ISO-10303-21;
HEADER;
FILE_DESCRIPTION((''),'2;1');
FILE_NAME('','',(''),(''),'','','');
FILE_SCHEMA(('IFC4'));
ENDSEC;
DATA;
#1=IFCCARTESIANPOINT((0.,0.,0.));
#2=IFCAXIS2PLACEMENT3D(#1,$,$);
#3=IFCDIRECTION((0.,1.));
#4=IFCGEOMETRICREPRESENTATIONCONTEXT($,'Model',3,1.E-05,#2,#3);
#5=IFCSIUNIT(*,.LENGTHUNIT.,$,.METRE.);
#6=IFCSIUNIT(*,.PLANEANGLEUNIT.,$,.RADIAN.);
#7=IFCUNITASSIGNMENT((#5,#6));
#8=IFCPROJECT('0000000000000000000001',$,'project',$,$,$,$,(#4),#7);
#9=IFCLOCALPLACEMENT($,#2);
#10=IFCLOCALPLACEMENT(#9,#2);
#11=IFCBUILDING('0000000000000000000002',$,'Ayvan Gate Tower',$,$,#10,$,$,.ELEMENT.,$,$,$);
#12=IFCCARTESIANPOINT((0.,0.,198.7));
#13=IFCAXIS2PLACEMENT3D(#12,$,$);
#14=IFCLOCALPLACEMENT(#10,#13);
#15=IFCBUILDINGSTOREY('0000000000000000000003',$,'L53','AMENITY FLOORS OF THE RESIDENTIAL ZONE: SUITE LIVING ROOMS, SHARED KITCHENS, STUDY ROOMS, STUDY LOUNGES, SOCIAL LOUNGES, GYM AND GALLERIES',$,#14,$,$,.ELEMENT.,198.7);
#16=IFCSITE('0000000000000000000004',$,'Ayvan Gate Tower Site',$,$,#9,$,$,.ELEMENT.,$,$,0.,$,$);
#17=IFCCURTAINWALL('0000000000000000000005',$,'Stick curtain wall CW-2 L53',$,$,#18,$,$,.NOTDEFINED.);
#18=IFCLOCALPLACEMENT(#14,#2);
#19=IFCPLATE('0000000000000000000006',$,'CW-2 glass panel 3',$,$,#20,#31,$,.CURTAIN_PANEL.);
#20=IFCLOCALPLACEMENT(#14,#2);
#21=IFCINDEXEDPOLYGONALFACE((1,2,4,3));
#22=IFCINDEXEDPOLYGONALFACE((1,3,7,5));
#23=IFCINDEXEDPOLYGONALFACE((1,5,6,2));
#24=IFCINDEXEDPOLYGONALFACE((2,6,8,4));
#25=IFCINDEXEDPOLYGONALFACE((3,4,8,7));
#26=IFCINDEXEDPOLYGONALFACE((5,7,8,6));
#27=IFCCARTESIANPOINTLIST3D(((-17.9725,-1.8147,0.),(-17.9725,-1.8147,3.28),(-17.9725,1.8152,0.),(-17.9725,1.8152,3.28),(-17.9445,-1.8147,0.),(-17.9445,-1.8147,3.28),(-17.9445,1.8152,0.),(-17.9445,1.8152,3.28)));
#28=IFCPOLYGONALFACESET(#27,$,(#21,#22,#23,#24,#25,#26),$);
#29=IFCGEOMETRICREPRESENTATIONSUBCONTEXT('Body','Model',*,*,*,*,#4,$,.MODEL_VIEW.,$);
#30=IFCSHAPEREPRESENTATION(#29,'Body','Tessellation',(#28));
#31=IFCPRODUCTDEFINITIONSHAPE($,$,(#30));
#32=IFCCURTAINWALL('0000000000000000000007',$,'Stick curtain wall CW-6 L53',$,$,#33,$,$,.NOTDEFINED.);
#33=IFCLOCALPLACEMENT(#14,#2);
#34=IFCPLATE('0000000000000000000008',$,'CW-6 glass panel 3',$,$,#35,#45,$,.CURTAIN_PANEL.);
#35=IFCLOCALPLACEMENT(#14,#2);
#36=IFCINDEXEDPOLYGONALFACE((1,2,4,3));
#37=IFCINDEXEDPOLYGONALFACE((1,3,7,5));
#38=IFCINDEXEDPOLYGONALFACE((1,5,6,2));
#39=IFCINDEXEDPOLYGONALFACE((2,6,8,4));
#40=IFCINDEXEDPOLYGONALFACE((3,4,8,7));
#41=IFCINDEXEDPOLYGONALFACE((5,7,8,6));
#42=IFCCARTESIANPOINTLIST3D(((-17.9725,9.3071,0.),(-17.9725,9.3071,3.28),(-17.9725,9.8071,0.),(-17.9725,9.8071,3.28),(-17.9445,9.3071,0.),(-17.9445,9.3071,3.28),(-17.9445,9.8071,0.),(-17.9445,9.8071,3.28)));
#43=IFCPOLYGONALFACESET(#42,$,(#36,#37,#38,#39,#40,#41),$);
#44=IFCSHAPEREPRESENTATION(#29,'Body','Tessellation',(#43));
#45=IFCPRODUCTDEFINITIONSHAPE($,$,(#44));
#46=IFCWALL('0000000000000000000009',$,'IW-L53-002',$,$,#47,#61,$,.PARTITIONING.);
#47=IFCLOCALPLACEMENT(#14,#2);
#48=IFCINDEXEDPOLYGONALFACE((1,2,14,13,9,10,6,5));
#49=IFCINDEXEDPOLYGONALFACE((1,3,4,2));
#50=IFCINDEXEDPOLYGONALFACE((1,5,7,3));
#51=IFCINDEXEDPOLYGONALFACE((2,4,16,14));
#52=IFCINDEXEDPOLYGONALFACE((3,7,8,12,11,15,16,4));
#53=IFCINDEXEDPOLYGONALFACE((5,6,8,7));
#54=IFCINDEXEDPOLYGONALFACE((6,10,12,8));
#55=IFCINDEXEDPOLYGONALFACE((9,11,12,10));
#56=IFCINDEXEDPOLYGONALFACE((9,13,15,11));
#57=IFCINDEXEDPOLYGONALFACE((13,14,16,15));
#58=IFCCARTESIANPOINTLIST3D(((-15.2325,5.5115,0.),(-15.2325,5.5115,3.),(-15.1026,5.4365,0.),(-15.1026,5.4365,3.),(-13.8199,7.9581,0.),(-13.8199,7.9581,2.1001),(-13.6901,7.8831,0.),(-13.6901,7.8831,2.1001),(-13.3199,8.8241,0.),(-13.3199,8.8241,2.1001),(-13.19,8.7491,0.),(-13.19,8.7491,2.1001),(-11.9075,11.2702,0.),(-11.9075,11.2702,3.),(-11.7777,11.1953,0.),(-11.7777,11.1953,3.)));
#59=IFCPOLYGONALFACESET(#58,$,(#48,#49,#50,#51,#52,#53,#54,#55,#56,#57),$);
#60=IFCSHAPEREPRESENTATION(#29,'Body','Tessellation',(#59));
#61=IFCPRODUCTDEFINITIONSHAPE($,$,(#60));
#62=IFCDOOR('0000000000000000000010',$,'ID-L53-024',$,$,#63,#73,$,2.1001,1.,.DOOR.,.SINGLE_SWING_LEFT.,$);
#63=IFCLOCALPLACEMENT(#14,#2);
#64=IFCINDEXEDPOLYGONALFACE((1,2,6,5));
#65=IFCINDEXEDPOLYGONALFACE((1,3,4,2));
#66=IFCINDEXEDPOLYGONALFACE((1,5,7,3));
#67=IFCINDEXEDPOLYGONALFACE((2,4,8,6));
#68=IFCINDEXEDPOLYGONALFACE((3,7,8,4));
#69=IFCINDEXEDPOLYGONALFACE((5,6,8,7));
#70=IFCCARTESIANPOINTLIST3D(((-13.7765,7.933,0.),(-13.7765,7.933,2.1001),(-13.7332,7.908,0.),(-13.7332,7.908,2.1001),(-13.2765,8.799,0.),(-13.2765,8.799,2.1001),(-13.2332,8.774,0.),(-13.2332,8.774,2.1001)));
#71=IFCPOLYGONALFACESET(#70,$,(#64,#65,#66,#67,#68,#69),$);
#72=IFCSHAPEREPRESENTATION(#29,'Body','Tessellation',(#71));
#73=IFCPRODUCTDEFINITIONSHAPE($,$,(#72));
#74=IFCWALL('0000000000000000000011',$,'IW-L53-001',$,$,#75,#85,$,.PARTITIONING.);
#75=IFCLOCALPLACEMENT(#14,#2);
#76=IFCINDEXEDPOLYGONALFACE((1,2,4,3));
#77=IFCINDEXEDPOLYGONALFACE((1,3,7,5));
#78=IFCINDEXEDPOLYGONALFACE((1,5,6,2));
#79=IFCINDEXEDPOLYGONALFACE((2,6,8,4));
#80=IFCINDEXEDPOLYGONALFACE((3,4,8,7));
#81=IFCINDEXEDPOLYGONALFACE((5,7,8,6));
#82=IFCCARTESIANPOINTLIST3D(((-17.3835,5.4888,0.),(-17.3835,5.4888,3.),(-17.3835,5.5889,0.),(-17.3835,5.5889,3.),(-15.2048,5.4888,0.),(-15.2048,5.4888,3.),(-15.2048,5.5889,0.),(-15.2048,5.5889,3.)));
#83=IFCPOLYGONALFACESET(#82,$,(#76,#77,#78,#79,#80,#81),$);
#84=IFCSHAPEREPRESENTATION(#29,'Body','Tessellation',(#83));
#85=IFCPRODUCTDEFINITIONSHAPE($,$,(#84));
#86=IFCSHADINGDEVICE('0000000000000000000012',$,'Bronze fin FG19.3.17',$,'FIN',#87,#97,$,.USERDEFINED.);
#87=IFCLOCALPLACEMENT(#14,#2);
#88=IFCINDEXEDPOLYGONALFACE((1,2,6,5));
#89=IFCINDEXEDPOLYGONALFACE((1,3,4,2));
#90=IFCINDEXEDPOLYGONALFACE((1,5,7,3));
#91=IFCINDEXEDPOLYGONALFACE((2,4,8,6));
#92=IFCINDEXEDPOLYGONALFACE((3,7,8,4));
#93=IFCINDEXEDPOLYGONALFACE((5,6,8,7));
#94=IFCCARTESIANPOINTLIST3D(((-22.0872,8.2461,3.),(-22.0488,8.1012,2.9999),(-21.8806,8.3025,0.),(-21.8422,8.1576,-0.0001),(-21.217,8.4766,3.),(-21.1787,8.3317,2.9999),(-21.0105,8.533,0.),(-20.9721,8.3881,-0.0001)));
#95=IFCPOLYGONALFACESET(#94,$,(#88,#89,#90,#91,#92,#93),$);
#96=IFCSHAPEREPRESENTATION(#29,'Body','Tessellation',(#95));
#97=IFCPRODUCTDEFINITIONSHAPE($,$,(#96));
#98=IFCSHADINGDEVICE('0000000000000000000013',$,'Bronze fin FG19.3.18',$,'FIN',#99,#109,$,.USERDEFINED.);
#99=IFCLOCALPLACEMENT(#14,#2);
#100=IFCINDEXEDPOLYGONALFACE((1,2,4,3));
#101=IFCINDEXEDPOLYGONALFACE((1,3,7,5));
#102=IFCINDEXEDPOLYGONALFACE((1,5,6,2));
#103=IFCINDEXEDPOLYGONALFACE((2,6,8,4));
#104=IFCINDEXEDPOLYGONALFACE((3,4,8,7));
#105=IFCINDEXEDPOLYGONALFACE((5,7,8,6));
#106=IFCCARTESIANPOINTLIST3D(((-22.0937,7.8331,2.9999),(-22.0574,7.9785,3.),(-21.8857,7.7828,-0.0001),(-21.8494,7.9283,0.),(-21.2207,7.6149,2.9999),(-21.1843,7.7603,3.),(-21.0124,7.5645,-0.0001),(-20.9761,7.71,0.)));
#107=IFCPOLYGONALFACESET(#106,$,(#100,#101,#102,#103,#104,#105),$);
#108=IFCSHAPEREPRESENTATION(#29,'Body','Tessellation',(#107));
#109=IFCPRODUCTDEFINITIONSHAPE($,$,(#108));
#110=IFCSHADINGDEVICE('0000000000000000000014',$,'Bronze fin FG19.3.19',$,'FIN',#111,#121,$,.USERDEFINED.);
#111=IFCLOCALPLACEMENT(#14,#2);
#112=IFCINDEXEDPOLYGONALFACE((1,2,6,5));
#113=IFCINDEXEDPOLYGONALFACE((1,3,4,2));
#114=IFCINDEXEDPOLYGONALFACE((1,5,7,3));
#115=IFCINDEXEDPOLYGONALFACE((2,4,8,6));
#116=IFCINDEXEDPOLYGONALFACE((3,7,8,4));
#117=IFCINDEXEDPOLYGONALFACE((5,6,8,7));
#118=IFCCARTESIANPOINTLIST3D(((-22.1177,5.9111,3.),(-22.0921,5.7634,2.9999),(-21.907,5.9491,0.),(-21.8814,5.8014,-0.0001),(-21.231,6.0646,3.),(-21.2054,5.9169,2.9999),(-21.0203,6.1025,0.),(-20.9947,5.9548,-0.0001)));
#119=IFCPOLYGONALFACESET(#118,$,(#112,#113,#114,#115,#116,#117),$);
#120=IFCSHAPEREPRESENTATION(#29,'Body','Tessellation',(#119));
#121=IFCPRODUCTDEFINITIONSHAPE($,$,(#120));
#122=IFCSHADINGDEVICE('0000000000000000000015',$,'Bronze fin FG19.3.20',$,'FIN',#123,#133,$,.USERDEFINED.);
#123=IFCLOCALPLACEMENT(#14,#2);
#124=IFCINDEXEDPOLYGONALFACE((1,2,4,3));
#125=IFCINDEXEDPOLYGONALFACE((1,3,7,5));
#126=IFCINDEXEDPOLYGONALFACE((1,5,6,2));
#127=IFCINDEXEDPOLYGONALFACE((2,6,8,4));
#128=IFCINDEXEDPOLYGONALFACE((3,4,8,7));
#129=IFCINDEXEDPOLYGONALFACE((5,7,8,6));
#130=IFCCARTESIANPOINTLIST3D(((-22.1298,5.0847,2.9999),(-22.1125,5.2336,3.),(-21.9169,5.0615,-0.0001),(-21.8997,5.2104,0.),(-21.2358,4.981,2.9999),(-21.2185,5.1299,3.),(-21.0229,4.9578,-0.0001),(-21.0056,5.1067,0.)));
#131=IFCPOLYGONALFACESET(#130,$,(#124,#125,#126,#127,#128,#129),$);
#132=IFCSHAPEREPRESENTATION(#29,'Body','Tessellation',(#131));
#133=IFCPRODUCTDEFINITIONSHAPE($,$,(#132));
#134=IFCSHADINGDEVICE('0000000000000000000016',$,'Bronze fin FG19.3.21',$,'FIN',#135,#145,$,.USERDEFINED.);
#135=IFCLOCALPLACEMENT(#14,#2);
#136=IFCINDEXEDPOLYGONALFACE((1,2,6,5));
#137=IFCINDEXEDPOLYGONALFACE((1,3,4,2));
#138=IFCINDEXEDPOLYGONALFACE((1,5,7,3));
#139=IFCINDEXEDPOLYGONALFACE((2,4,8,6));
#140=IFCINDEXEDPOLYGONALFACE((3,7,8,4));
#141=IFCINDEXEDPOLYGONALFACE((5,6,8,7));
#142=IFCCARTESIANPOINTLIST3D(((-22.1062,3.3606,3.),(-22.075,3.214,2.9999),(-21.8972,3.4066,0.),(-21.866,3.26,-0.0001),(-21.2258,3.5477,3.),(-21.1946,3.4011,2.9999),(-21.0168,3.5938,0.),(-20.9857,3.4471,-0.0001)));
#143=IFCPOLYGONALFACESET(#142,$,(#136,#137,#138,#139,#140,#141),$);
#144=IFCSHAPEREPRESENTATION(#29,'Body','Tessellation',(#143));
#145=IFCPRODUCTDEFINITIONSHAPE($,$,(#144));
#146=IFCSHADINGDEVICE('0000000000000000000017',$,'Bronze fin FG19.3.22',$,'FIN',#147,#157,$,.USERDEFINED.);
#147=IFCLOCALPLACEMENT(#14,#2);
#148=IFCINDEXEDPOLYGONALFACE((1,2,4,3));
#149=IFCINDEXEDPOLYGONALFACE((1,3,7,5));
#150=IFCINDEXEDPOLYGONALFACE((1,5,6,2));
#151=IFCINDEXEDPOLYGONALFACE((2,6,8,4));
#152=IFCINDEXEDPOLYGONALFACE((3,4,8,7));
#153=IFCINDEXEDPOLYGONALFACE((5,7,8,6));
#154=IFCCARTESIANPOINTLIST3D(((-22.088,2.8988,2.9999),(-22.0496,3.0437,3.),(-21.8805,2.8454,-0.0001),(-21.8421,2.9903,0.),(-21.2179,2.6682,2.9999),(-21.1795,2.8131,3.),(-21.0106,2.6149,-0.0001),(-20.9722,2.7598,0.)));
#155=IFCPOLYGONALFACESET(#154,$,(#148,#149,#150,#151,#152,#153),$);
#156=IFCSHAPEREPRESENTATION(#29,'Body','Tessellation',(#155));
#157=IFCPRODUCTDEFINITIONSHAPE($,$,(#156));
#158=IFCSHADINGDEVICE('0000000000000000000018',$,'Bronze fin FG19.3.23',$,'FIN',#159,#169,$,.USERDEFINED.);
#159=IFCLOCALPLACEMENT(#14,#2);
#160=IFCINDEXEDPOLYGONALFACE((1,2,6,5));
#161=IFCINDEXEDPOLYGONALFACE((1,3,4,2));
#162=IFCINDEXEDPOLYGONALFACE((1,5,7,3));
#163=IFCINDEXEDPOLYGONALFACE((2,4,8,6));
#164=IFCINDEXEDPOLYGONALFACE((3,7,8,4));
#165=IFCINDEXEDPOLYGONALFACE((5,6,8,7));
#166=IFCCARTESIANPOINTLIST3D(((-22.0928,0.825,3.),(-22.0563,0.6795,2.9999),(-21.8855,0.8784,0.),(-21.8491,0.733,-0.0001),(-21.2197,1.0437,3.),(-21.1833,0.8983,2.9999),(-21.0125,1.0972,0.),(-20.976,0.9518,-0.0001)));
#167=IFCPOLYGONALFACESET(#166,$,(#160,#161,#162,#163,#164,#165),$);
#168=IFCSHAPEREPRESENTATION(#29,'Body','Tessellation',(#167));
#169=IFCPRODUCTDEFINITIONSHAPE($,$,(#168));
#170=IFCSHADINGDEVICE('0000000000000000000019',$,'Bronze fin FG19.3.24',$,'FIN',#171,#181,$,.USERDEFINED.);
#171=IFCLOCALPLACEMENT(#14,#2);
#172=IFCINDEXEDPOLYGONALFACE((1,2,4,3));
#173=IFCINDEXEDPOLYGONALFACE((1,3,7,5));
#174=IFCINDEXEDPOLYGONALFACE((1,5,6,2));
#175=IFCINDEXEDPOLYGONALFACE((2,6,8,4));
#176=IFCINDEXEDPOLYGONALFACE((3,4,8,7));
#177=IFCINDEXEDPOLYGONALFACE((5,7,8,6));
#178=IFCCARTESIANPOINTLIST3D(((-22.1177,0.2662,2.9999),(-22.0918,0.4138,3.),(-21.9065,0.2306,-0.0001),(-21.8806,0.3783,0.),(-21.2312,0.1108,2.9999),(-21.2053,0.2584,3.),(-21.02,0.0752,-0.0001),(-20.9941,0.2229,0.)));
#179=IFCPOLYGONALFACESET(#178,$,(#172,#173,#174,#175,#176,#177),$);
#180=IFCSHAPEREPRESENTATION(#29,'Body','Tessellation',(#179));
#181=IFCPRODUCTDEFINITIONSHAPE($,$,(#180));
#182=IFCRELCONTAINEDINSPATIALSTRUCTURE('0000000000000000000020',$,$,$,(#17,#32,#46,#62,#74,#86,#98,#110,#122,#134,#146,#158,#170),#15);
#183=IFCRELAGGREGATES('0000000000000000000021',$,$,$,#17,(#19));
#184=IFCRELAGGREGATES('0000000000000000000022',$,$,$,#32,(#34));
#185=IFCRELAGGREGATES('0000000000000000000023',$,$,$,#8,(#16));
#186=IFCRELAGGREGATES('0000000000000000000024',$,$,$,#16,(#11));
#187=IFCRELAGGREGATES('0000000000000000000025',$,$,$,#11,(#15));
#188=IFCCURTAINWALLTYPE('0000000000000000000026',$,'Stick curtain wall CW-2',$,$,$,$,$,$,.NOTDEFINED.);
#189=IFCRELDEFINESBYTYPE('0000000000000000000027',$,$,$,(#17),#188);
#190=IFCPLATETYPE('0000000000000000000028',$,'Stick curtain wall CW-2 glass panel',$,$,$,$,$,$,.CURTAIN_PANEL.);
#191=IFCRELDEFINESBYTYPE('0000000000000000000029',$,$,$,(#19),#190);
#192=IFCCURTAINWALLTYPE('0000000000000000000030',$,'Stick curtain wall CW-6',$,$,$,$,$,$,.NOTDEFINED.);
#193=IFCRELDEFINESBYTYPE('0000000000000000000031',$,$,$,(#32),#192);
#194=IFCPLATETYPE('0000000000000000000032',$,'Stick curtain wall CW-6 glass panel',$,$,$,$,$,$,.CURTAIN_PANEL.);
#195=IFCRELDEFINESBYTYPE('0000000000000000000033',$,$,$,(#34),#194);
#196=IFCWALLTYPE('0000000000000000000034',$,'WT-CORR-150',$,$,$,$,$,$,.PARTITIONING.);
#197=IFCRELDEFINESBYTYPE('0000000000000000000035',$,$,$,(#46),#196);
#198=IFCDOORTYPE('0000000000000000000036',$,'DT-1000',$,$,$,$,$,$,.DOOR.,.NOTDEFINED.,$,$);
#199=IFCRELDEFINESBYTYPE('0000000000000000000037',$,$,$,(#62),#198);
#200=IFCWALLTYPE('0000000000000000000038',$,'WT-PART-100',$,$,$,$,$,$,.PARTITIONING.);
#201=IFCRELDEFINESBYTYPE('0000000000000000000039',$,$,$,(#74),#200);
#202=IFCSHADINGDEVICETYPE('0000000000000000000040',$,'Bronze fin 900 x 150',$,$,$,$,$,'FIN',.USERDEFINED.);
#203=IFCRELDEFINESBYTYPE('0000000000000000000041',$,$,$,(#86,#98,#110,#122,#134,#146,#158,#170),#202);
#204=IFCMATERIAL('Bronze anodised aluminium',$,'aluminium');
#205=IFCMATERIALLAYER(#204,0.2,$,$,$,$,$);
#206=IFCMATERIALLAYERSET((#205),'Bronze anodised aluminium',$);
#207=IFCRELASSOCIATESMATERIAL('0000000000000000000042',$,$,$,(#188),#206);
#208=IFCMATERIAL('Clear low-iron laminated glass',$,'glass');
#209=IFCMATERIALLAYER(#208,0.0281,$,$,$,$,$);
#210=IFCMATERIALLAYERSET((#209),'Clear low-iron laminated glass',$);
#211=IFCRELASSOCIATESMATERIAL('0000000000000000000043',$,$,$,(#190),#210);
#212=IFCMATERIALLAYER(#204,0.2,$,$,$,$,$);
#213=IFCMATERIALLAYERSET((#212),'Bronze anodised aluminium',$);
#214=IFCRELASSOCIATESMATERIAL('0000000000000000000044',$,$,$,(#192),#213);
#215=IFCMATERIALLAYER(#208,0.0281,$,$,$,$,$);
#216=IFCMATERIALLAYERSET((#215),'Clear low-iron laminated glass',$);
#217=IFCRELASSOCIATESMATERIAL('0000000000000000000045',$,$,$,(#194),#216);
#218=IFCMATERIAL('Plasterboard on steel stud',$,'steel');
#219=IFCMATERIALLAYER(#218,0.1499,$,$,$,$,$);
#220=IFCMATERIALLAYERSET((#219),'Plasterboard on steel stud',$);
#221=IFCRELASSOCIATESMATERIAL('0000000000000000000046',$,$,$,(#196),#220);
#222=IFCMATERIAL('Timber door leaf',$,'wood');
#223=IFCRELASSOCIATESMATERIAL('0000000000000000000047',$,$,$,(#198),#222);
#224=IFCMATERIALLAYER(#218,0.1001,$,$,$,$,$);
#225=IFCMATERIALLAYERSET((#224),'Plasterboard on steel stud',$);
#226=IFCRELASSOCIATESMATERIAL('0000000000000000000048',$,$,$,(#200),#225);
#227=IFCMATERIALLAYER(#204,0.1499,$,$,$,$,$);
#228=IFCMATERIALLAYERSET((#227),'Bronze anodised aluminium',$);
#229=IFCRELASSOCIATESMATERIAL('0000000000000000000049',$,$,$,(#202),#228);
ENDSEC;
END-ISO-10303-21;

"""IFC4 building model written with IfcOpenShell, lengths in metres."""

from ifc_helpers import new_model, si_unit, direction, frame, frame_2d, origin, origin_2d, place, context, subcontext, project, spatial, polyline, rectangle, outline, extrude, material, layer, layer_set, type_object, element, fill, aggregate, save


model = new_model("IFC4")

# Units and contexts
model_context = context("Model", 3, precision=1e-05, world=origin(), true_north=direction((0.0, 1.0)))
body_context = subcontext(model_context, "Body", "Model", "MODEL_VIEW")
ifc_project = project(units=[si_unit("LENGTHUNIT", "METRE"), si_unit("PLANEANGLEUNIT", "RADIAN")], contexts=[model_context])

# Site, building, storey
site_placement = place(None, origin())
site = spatial("IfcSite", under=ifc_project, at=site_placement, Name="Ayvan Gate Tower Site", CompositionType="ELEMENT", RefElevation=0.0)
building_placement = place(site_placement, origin())
building = spatial("IfcBuilding", under=site, at=building_placement, Name="Ayvan Gate Tower", CompositionType="ELEMENT")
storey_placement = place(building_placement, frame((0.0, 0.0, 198.7)))
storey = spatial("IfcBuildingStorey", under=building, at=storey_placement, Name="L53", Description="AMENITY FLOORS OF THE RESIDENTIAL ZONE: SUITE LIVING ROOMS, SHARED KITCHENS, STUDY ROOMS, STUDY LOUNGES, SOCIAL LOUNGES, GYM AND GALLERIES", CompositionType="ELEMENT", Elevation=198.7)

# Curtain wall, plate
ifc_material_1 = material(Name="Bronze anodised aluminium", Category="aluminium")
ifc_layer_1 = layer(ifc_material_1, 0.2)
ifc_layer_set_1 = layer_set([ifc_layer_1], Name="Bronze anodised aluminium")
curtain_wall_type_1 = type_object("IfcCurtainWallType", Name="Stick curtain wall CW-2", PredefinedType="NOTDEFINED", material=ifc_layer_set_1)
curtain_wall_1_placement = place(storey_placement, origin())
curtain_wall_1 = element("IfcCurtainWall", 1, at=curtain_wall_1_placement, inside=storey, type_object=curtain_wall_type_1, Name="Stick curtain wall CW-2 L53", PredefinedType="NOTDEFINED")
ifc_material_2 = material(Name="Clear low-iron laminated glass", Category="glass")
ifc_layer_2 = layer(ifc_material_2, 0.0281)
ifc_layer_set_2 = layer_set([ifc_layer_2], Name="Clear low-iron laminated glass")
plate_type_1 = type_object("IfcPlateType", Name="Stick curtain wall CW-2 glass panel", PredefinedType="CURTAIN_PANEL", material=ifc_layer_set_2)
plate_1_placement = place(storey_placement, frame((-17.9585, 0.0002, 0.0), z_axis=(0.0, 0.0, 1.0), x_axis=(0.0, -1.0, 0.0)))
plate_1 = element("IfcPlate", 2, at=plate_1_placement, type_object=plate_type_1, Name="CW-2 glass panel 3", PredefinedType="CURTAIN_PANEL", context=body_context, shape_type="SweptSolid", body=[
    extrude(rectangle(XDim=3.6299, YDim=0.0281, at=origin_2d()), origin(), (0.0, 0.0, 1.0), 3.28),
])
aggregate(curtain_wall_1, [plate_1])

# Curtain wall, plate
ifc_layer_3 = layer(ifc_material_1, 0.2)
ifc_layer_set_3 = layer_set([ifc_layer_3], Name="Bronze anodised aluminium")
curtain_wall_type_2 = type_object("IfcCurtainWallType", Name="Stick curtain wall CW-6", PredefinedType="NOTDEFINED", material=ifc_layer_set_3)
curtain_wall_2_placement = place(storey_placement, origin())
curtain_wall_2 = element("IfcCurtainWall", 3, at=curtain_wall_2_placement, inside=storey, type_object=curtain_wall_type_2, Name="Stick curtain wall CW-6 L53", PredefinedType="NOTDEFINED")
ifc_layer_4 = layer(ifc_material_2, 0.0281)
ifc_layer_set_4 = layer_set([ifc_layer_4], Name="Clear low-iron laminated glass")
plate_type_2 = type_object("IfcPlateType", Name="Stick curtain wall CW-6 glass panel", PredefinedType="CURTAIN_PANEL", material=ifc_layer_set_4)
plate_2_placement = place(storey_placement, frame((-17.9585, 9.5571, 0.0), z_axis=(0.0, 0.0, 1.0), x_axis=(0.0, -1.0, 0.0)))
plate_2 = element("IfcPlate", 4, at=plate_2_placement, type_object=plate_type_2, Name="CW-6 glass panel 3", PredefinedType="CURTAIN_PANEL", context=body_context, shape_type="SweptSolid", body=[
    extrude(rectangle(XDim=0.5, YDim=0.0281, at=origin_2d()), origin(), (0.0, 0.0, 1.0), 3.28),
])
aggregate(curtain_wall_2, [plate_2])

# Wall, opening, door
ifc_material_3 = material(Name="Plasterboard on steel stud", Category="steel")
ifc_layer_5 = layer(ifc_material_3, 0.1499)
ifc_layer_set_5 = layer_set([ifc_layer_5], Name="Plasterboard on steel stud")
wall_type_1 = type_object("IfcWallType", Name="WT-CORR-150", PredefinedType="PARTITIONING", material=ifc_layer_set_5)
wall_1_placement = place(storey_placement, frame((-15.1675, 5.4741, 0.0), z_axis=(0.0, 0.0, 1.0), x_axis=(0.500013, 0.866018, 0.0)))
wall_1 = element("IfcWall", 5, at=wall_1_placement, inside=storey, type_object=wall_type_1, Name="IW-L53-002", PredefinedType="PARTITIONING", context=body_context, shape_type="SweptSolid", body=[
    extrude(rectangle(XDim=6.6497, YDim=0.1499, at=frame_2d((3.3247, 0.0))), origin(), (0.0, 0.0, 1.0), 3.0),
])
opening_placement = place(wall_1_placement, frame((2.825, 0.0, 0.0)))
opening = element("IfcOpeningElement", 6, at=opening_placement, cuts=wall_1, PredefinedType="OPENING", context=body_context, shape_type="SweptSolid", body=[
    extrude(rectangle(XDim=1.0, YDim=2.1001, at=frame_2d((0.5, 1.05))), frame((0.0, 0.085, 0.0), z_axis=(0.0, -1.0, 0.0), x_axis=(1.0, 0.0, 0.0)), (0.0, 0.0, 1.0), 0.1699),
])
ifc_material_4 = material(Name="Timber door leaf", Category="wood")
door_type = type_object("IfcDoorType", Name="DT-1000", OperationType="NOTDEFINED", PredefinedType="DOOR", material=ifc_material_4)
door_placement = place(opening_placement, origin())
door = element("IfcDoor", 7, at=door_placement, inside=storey, type_object=door_type, Name="ID-L53-024", OperationType="SINGLE_SWING_LEFT", OverallHeight=2.1001, OverallWidth=1.0, PredefinedType="DOOR", context=body_context, shape_type="SweptSolid", body=[
    extrude(rectangle(XDim=1.0, YDim=2.1001, at=frame_2d((0.5, 1.05))), frame((0.0, 0.0249, 0.0), z_axis=(0.0, -1.0, 0.0), x_axis=(1.0, 0.0, 0.0)), (0.0, 0.0, 1.0), 0.05),
])
fill(opening, door)

# Wall
ifc_layer_6 = layer(ifc_material_3, 0.1001)
ifc_layer_set_6 = layer_set([ifc_layer_6], Name="Plasterboard on steel stud")
wall_type_2 = type_object("IfcWallType", Name="WT-PART-100", PredefinedType="PARTITIONING", material=ifc_layer_set_6)
wall_2_placement = place(storey_placement, frame((-15.2048, 5.5388, 0.0), z_axis=(0.0, 0.0, 1.0), x_axis=(-1.0, 0.0, 0.0)))
element("IfcWall", 8, at=wall_2_placement, inside=storey, type_object=wall_type_2, Name="IW-L53-001", PredefinedType="PARTITIONING", context=body_context, shape_type="SweptSolid", body=[
    extrude(rectangle(XDim=2.1787, YDim=0.1001, at=frame_2d((1.0894, 0.0))), origin(), (0.0, 0.0, 1.0), 3.0),
])

# Shading devices
ifc_layer_7 = layer(ifc_material_1, 0.1499)
ifc_layer_set_7 = layer_set([ifc_layer_7], Name="Bronze anodised aluminium")
shading_device_type = type_object("IfcShadingDeviceType", Name="Bronze fin 900 x 150", ElementType="FIN", PredefinedType="USERDEFINED", material=ifc_layer_set_7)
shading_device_1_placement = place(storey_placement, frame((-21.0105, 8.533, 0.0), z_axis=(-0.256042, 0.966666, 0.000544), x_axis=(-0.966666, -0.256042, 0.0)))
element("IfcShadingDevice", 9, at=shading_device_1_placement, inside=storey, type_object=shading_device_type, Name="Bronze fin FG19.3.17", ObjectType="FIN", PredefinedType="USERDEFINED", context=body_context, shape_type="SweptSolid", body=[
    extrude(outline(polyline([(0.0, 0.0), (0.9001, 0.0), (1.1142, 3.0), (0.2141, 3.0), (0.0, 0.0)])), origin(), (0.0, 0.0, -1.0), 0.1499),
])
shading_device_2_placement = place(storey_placement, frame((-20.9761, 7.71, 0.0), z_axis=(0.242504, 0.97015, 0.00056), x_axis=(-0.97015, 0.242504, 0.0)))
element("IfcShadingDevice", 10, at=shading_device_2_placement, inside=storey, type_object=shading_device_type, Name="Bronze fin FG19.3.18", ObjectType="FIN", PredefinedType="USERDEFINED", context=body_context, shape_type="SweptSolid", body=[
    extrude(outline(polyline([(0.0, 0.0), (0.9002, 0.0), (1.1141, 3.0), (0.2142, 3.0), (0.0, 0.0)])), origin(), (0.0, 0.0, -1.0), 0.1499),
])
shading_device_3_placement = place(storey_placement, frame((-21.0203, 6.1025, 0.0), z_axis=(-0.170511, 0.985356, 0.000494), x_axis=(-0.985356, -0.170511, 0.0)))
element("IfcShadingDevice", 11, at=shading_device_3_placement, inside=storey, type_object=shading_device_type, Name="Bronze fin FG19.3.19", ObjectType="FIN", PredefinedType="USERDEFINED", context=body_context, shape_type="SweptSolid", body=[
    extrude(outline(polyline([(0.0, 0.0), (0.8999, 0.0), (1.114, 3.0), (0.2141, 3.0), (0.0, 0.0)])), origin(), (0.0, 0.0, -1.0), 0.1499),
])
shading_device_4_placement = place(storey_placement, frame((-21.0056, 5.1067, 0.0), z_axis=(0.115283, 0.993333, 0.000501), x_axis=(-0.993333, 0.115283, 0.0)))
element("IfcShadingDevice", 12, at=shading_device_4_placement, inside=storey, type_object=shading_device_type, Name="Bronze fin FG19.3.20", ObjectType="FIN", PredefinedType="USERDEFINED", context=body_context, shape_type="SweptSolid", body=[
    extrude(outline(polyline([(0.0, 0.0), (0.9, 0.0), (1.1142, 3.0), (0.2141, 3.0), (0.0, 0.0)])), origin(), (0.0, 0.0, -1.0), 0.1499),
])
shading_device_5_placement = place(storey_placement, frame((-21.0168, 3.5938, 0.0), z_axis=(-0.207917, 0.978146, 0.000521), x_axis=(-0.978146, -0.207917, 0.0)))
element("IfcShadingDevice", 13, at=shading_device_5_placement, inside=storey, type_object=shading_device_type, Name="Bronze fin FG19.3.21", ObjectType="FIN", PredefinedType="USERDEFINED", context=body_context, shape_type="SweptSolid", body=[
    extrude(outline(polyline([(0.0, 0.0), (0.9, 0.0), (1.114, 3.0), (0.214, 3.0), (0.0, 0.0)])), origin(), (0.0, 0.0, -1.0), 0.1499),
])
shading_device_6_placement = place(storey_placement, frame((-20.9722, 2.7598, 0.0), z_axis=(0.256202, 0.966623, 0.000524), x_axis=(-0.966623, 0.256202, 0.0)))
element("IfcShadingDevice", 14, at=shading_device_6_placement, inside=storey, type_object=shading_device_type, Name="Bronze fin FG19.3.22", ObjectType="FIN", PredefinedType="USERDEFINED", context=body_context, shape_type="SweptSolid", body=[
    extrude(outline(polyline([(0.0, 0.0), (0.8999, 0.0), (1.1142, 3.0), (0.2141, 3.0), (0.0, 0.0)])), origin(), (0.0, 0.0, -1.0), 0.1499),
])
shading_device_7_placement = place(storey_placement, frame((-21.0125, 1.0972, 0.0), z_axis=(-0.243046, 0.970015, 0.000495), x_axis=(-0.970015, -0.243046, 0.0)))
element("IfcShadingDevice", 15, at=shading_device_7_placement, inside=storey, type_object=shading_device_type, Name="Bronze fin FG19.3.23", ObjectType="FIN", PredefinedType="USERDEFINED", context=body_context, shape_type="SweptSolid", body=[
    extrude(outline(polyline([(0.0, 0.0), (0.9, 0.0), (1.1141, 3.0), (0.2141, 3.0), (0.0, 0.0)])), origin(), (0.0, 0.0, -1.0), 0.1499),
])
shading_device_8_placement = place(storey_placement, frame((-20.9941, 0.2229, 0.0), z_axis=(0.172663, 0.984981, 0.000491), x_axis=(-0.984981, 0.172663, 0.0)))
element("IfcShadingDevice", 16, at=shading_device_8_placement, inside=storey, type_object=shading_device_type, Name="Bronze fin FG19.3.24", ObjectType="FIN", PredefinedType="USERDEFINED", context=body_context, shape_type="SweptSolid", body=[
    extrude(outline(polyline([(0.0, 0.0), (0.9, 0.0), (1.1141, 3.0), (0.2142, 3.0), (0.0, 0.0)])), origin(), (0.0, 0.0, -1.0), 0.1499),
])

save(model, "model.ifc")
